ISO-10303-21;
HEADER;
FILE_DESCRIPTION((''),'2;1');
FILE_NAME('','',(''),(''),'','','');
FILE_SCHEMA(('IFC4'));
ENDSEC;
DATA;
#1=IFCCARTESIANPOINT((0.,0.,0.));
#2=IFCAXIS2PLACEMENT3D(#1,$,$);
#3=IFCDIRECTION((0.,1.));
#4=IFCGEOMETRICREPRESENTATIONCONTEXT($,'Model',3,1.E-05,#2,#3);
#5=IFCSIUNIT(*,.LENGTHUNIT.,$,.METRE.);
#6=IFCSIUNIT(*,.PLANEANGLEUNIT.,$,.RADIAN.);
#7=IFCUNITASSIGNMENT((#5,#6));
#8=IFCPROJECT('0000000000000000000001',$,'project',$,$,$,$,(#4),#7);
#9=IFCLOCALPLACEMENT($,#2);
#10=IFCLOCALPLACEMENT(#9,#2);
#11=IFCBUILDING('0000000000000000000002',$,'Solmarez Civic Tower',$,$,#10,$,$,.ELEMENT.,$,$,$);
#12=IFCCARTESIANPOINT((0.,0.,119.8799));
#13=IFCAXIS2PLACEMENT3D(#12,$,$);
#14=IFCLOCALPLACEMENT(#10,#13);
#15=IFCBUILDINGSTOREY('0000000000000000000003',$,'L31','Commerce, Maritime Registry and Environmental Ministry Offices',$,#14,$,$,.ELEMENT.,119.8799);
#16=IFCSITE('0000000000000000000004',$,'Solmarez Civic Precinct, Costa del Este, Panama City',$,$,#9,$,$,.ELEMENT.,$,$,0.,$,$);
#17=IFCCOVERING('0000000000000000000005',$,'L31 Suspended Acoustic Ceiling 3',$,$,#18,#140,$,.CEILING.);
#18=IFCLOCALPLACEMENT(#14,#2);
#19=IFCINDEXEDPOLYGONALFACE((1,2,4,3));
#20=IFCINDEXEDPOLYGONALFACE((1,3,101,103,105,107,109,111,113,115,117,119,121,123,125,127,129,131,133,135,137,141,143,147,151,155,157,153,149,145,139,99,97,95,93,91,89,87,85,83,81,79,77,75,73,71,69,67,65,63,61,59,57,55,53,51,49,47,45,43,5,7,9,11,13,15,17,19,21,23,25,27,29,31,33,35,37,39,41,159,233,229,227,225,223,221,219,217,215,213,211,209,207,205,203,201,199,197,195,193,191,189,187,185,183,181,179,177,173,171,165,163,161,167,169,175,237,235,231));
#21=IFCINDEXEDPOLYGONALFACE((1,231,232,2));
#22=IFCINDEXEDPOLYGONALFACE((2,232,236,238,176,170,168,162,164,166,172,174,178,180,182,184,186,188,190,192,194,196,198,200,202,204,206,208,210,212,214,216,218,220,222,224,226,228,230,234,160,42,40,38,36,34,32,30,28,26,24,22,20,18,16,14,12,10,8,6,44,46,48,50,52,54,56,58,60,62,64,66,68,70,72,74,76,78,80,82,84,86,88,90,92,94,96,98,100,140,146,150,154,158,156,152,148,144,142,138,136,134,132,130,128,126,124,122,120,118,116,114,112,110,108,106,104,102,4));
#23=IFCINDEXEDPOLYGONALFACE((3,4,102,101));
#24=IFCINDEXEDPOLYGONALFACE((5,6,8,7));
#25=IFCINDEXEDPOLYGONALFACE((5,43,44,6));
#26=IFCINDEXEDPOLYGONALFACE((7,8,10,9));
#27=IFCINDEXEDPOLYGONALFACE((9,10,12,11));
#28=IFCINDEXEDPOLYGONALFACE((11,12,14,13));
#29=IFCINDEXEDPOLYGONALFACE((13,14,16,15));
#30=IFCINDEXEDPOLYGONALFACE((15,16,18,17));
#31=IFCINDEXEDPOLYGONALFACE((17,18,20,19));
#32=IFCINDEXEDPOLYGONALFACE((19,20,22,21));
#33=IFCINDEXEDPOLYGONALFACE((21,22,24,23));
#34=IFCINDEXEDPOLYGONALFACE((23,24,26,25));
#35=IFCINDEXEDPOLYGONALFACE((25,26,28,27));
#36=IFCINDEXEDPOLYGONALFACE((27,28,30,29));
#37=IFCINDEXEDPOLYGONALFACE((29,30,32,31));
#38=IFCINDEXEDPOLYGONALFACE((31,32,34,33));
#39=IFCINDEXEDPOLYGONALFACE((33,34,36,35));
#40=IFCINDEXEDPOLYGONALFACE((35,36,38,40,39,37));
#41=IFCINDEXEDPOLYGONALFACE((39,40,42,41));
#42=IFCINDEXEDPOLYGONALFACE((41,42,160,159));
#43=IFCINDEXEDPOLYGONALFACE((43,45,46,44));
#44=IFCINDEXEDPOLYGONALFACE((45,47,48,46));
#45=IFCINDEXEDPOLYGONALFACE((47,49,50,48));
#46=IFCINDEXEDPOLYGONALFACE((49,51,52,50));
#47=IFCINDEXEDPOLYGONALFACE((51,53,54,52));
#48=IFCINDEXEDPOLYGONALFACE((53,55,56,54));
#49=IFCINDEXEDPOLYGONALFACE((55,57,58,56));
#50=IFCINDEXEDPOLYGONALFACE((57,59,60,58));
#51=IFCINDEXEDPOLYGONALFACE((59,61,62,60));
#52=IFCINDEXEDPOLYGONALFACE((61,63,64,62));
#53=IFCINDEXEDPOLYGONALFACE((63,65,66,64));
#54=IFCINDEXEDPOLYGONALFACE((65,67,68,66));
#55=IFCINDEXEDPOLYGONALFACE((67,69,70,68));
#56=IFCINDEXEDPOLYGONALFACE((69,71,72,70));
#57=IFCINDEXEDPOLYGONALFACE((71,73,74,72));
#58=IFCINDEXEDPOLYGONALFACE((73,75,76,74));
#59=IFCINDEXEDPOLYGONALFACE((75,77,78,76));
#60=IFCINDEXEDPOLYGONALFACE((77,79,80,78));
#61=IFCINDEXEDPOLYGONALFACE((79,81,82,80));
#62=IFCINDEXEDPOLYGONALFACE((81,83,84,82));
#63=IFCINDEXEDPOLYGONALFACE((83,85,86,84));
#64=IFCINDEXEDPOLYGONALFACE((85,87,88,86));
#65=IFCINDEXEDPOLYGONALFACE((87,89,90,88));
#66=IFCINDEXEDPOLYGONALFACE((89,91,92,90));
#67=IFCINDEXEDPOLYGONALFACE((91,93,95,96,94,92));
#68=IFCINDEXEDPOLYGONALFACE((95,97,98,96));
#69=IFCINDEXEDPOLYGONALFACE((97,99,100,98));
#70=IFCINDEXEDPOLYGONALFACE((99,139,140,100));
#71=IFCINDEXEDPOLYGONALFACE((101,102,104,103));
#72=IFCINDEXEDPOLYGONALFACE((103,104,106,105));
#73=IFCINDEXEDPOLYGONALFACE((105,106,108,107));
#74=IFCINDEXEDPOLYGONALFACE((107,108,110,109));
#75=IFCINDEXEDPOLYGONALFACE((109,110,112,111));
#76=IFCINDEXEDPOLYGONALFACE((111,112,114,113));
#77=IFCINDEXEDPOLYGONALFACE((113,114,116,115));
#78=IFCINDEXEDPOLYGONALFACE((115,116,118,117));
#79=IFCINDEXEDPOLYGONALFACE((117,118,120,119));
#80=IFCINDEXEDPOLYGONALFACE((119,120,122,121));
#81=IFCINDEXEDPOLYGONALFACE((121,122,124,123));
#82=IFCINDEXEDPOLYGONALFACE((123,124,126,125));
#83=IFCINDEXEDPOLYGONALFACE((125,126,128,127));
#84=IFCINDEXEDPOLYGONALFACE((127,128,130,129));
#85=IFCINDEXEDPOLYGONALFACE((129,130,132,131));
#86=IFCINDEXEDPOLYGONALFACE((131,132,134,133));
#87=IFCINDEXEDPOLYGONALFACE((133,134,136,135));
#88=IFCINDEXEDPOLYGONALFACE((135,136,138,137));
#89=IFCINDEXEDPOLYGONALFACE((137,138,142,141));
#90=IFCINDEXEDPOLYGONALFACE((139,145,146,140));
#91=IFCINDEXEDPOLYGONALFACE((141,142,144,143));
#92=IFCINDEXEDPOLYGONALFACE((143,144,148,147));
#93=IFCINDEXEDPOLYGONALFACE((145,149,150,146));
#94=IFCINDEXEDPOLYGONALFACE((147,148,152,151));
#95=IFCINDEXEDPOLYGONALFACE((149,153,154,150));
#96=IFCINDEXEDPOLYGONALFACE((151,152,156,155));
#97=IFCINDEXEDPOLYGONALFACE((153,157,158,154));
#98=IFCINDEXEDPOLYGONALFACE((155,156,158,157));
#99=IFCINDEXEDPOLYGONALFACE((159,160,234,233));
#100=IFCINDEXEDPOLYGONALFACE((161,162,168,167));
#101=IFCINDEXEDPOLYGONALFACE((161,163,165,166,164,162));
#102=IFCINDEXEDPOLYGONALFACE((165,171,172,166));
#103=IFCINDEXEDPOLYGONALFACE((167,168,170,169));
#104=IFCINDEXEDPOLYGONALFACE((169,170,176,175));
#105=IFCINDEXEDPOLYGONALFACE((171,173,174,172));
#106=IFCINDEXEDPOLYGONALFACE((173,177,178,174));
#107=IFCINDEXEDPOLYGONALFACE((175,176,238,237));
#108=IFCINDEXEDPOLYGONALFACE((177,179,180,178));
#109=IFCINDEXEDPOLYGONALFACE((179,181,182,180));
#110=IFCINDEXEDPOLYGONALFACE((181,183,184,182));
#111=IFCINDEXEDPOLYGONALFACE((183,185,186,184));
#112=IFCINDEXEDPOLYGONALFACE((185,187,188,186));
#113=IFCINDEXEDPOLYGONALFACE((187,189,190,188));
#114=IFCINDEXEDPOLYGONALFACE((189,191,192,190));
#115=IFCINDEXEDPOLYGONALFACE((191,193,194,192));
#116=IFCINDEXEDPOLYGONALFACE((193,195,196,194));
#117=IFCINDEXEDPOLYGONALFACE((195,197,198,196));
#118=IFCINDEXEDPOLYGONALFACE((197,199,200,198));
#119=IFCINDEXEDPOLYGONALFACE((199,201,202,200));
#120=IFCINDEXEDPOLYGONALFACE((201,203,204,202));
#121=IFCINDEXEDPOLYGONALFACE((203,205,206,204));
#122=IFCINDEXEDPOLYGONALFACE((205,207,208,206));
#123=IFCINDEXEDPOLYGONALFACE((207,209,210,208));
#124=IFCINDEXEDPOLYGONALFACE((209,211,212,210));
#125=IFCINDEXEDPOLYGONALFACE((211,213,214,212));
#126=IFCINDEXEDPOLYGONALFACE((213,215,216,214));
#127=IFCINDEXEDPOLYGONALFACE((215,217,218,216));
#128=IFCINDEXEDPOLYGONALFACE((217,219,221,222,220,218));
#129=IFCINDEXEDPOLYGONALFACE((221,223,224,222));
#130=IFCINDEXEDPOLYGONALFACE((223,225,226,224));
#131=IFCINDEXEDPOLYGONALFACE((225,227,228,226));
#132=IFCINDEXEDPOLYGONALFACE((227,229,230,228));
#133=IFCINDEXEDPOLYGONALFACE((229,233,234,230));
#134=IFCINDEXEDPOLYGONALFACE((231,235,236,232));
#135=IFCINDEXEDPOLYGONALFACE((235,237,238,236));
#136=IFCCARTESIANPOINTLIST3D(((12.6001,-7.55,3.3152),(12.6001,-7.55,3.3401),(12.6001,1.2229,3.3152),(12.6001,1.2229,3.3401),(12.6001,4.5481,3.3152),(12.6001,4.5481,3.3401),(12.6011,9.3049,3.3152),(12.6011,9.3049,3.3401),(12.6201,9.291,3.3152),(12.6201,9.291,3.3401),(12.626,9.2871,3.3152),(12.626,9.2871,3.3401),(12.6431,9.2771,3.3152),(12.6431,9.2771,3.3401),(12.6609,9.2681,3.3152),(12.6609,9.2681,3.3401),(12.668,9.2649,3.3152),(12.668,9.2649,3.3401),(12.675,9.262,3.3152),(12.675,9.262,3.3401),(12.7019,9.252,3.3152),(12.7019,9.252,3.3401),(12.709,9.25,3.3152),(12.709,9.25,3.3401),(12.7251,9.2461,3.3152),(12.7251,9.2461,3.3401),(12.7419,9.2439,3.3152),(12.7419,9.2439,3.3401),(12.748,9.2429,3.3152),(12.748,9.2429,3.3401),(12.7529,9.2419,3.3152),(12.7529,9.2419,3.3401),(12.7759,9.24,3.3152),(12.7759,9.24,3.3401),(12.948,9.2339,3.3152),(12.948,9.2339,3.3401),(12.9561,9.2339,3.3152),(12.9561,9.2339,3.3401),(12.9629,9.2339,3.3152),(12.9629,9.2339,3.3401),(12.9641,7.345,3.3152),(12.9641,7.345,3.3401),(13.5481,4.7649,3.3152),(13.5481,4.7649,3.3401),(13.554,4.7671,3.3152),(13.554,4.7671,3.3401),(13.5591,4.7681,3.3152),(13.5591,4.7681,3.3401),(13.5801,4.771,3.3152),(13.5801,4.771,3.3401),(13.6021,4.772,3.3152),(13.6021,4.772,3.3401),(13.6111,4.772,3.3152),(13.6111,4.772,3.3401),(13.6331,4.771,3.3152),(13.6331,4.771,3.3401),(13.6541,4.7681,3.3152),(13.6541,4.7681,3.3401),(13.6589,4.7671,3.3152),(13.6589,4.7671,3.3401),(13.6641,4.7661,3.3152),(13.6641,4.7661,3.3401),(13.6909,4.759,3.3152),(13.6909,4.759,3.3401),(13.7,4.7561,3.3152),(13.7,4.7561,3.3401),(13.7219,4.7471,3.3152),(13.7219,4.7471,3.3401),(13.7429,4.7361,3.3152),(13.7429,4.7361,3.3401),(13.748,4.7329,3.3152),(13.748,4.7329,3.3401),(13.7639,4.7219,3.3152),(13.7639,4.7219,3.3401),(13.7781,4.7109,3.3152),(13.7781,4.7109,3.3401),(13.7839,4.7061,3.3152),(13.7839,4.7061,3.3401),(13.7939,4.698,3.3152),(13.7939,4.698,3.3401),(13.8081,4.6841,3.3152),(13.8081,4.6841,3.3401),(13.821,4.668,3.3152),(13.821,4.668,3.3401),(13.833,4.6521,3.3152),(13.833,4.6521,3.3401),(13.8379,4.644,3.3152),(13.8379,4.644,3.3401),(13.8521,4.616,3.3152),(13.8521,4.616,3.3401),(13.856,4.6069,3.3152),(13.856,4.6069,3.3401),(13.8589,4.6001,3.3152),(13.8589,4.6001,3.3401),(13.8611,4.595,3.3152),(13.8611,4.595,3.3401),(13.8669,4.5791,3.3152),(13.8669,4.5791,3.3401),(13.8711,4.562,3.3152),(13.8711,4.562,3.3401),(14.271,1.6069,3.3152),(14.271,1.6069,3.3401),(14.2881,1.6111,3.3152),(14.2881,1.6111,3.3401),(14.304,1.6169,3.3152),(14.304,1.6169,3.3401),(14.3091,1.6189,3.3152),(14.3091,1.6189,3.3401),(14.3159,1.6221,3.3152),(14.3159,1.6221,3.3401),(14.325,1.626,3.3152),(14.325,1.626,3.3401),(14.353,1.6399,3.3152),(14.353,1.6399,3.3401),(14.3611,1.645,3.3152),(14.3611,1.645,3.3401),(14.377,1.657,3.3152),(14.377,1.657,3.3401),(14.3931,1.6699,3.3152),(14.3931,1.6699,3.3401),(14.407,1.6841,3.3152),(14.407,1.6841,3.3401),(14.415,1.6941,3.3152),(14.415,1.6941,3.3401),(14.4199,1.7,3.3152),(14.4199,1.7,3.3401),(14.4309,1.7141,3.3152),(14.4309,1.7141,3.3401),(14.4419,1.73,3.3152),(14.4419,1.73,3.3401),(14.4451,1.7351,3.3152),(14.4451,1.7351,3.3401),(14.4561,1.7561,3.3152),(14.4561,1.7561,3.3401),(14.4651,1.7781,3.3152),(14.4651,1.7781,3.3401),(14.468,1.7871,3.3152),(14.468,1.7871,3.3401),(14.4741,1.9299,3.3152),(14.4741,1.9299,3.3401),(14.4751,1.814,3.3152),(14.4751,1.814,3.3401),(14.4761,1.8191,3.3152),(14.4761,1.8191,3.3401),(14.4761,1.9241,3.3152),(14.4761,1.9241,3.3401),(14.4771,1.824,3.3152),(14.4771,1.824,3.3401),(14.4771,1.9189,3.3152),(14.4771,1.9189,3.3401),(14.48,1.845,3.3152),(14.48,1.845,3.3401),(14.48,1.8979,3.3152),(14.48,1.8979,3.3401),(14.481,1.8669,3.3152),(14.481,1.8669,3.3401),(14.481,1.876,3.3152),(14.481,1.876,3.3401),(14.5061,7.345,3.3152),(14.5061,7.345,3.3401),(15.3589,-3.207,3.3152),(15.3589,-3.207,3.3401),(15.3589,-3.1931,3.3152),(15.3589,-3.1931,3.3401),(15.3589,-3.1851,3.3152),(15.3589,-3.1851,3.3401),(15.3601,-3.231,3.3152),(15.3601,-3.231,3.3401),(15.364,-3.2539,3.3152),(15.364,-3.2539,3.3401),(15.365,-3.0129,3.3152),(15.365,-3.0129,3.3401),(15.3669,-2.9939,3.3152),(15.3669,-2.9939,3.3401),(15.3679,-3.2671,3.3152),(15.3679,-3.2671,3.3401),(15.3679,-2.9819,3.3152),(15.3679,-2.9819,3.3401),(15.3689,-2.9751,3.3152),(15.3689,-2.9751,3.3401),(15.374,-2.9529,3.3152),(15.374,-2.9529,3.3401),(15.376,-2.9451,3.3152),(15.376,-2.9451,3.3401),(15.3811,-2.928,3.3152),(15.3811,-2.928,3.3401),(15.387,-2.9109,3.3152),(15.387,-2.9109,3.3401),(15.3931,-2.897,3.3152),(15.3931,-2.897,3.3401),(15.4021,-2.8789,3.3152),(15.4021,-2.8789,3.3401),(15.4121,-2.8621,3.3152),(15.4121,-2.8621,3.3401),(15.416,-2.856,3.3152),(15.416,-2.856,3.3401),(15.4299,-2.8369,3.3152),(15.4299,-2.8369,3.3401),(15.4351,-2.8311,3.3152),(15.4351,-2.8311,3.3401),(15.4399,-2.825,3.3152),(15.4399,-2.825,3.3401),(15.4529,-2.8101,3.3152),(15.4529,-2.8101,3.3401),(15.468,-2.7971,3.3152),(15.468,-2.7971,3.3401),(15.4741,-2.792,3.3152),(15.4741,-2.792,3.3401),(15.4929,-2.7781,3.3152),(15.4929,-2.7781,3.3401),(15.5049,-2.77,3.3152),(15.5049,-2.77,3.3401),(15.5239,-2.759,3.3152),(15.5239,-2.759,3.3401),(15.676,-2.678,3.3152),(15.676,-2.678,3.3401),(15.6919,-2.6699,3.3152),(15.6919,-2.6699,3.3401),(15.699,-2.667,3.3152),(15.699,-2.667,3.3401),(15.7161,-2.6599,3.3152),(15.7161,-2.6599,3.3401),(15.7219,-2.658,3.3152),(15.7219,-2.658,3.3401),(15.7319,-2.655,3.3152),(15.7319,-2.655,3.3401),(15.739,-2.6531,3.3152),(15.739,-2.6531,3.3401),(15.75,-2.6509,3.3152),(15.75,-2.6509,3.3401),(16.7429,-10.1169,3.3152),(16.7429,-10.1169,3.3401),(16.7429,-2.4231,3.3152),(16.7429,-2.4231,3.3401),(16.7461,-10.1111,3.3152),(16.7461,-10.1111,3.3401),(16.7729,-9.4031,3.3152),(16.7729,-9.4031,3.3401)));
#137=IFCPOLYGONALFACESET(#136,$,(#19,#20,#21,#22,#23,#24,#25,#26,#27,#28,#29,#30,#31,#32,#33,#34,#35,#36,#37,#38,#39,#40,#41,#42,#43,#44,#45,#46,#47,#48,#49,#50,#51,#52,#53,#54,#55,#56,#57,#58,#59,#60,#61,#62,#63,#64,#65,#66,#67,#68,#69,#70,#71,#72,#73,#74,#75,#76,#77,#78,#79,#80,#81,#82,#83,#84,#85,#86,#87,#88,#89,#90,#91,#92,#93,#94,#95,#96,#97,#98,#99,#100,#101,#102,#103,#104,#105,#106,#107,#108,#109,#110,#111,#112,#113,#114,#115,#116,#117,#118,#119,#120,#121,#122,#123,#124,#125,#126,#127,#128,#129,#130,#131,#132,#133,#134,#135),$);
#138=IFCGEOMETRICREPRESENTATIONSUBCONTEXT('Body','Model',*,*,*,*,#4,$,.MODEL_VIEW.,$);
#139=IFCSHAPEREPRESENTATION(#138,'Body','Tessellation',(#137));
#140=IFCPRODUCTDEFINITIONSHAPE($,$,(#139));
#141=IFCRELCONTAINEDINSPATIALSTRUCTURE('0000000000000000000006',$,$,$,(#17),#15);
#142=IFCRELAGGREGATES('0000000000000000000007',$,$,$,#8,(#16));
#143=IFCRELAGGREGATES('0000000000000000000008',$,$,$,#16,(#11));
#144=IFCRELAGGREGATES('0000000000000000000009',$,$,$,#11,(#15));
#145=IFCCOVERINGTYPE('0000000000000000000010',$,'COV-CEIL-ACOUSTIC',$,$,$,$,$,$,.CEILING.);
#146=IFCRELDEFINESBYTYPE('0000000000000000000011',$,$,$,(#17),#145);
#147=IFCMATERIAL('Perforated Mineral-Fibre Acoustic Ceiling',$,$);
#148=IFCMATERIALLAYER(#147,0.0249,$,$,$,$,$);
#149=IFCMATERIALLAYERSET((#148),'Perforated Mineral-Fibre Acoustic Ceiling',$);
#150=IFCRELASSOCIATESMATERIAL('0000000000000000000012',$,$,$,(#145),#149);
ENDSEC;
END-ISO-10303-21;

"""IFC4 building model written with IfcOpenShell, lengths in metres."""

from ifc_helpers import new_model, si_unit, direction, frame, origin, place, context, subcontext, project, spatial, polyline, outline, extrude, material, layer, layer_set, type_object, element, save


model = new_model("IFC4")

# Units and contexts
model_context = context("Model", 3, precision=1e-05, world=origin(), true_north=direction((0.0, 1.0)))
body_context = subcontext(model_context, "Body", "Model", "MODEL_VIEW")
ifc_project = project(units=[si_unit("LENGTHUNIT", "METRE"), si_unit("PLANEANGLEUNIT", "RADIAN")], contexts=[model_context])

# Site, building, storey
site_placement = place(None, origin())
site = spatial("IfcSite", under=ifc_project, at=site_placement, Name="Solmarez Civic Precinct, Costa del Este, Panama City", CompositionType="ELEMENT", RefElevation=0.0)
building_placement = place(site_placement, origin())
building = spatial("IfcBuilding", under=site, at=building_placement, Name="Solmarez Civic Tower", CompositionType="ELEMENT")
storey_placement = place(building_placement, frame((0.0, 0.0, 119.8799)))
storey = spatial("IfcBuildingStorey", under=building, at=storey_placement, Name="L31", Description="Commerce, Maritime Registry and Environmental Ministry Offices", CompositionType="ELEMENT", Elevation=119.8799)

# Covering
ifc_material_1 = material(Name="Perforated Mineral-Fibre Acoustic Ceiling")
ifc_layer_1 = layer(ifc_material_1, 0.0249)
ifc_layer_set_1 = layer_set([ifc_layer_1], Name="Perforated Mineral-Fibre Acoustic Ceiling")
covering_type_1 = type_object("IfcCoveringType", Name="COV-CEIL-ACOUSTIC", PredefinedType="CEILING", material=ifc_layer_set_1)
covering_1_placement = place(storey_placement, frame((0.0, 0.0, 3.3152)))
element("IfcCovering", 1, at=covering_1_placement, inside=storey, type_object=covering_type_1, Name="L31 Suspended Acoustic Ceiling 3", PredefinedType="CEILING", context=body_context, shape_type="SweptSolid", body=[
    extrude(outline(polyline([(12.6001, 4.5481), (13.5481, 4.7649), (13.554, 4.7671), (13.5591, 4.7681), (13.5801, 4.771), (13.6021, 4.772), (13.6111, 4.772), (13.6331, 4.771), (13.6541, 4.7681), (13.6589, 4.7671), (13.6641, 4.7661), (13.6909, 4.759), (13.7, 4.7561), (13.7219, 4.7471), (13.7429, 4.7361), (13.748, 4.7329), (13.7639, 4.7219), (13.7781, 4.7109), (13.7839, 4.7061), (13.7939, 4.698), (13.8081, 4.6841), (13.821, 4.668), (13.833, 4.6521), (13.8379, 4.644), (13.8521, 4.616), (13.856, 4.6069), (13.8589, 4.6001), (13.8611, 4.595), (13.8669, 4.5791), (13.8711, 4.562), (14.4741, 1.9299), (14.4761, 1.9241), (14.4771, 1.9189), (14.48, 1.8979), (14.481, 1.876), (14.481, 1.8669), (14.48, 1.845), (14.4771, 1.824), (14.4761, 1.8191), (14.4751, 1.814), (14.468, 1.7871), (14.4651, 1.7781), (14.4561, 1.7561), (14.4451, 1.7351), (14.4419, 1.73), (14.4309, 1.7141), (14.4199, 1.7), (14.415, 1.6941), (14.407, 1.6841), (14.3931, 1.6699), (14.377, 1.657), (14.3611, 1.645), (14.353, 1.6399), (14.325, 1.626), (14.3159, 1.6221), (14.3091, 1.6189), (14.304, 1.6169), (14.2881, 1.6111), (14.271, 1.6069), (12.6001, 1.2229), (12.6001, -7.55), (16.7429, -10.1169), (16.7461, -10.1111), (16.7729, -9.4031), (15.3679, -3.2671), (15.364, -3.2539), (15.3601, -3.231), (15.3589, -3.207), (15.3589, -3.1931), (15.3589, -3.1851), (15.365, -3.0129), (15.3669, -2.9939), (15.3679, -2.9819), (15.3689, -2.9751), (15.374, -2.9529), (15.376, -2.9451), (15.3811, -2.928), (15.387, -2.9109), (15.3931, -2.897), (15.4021, -2.8789), (15.4121, -2.8621), (15.416, -2.856), (15.4299, -2.8369), (15.4351, -2.8311), (15.4399, -2.825), (15.4529, -2.8101), (15.468, -2.7971), (15.4741, -2.792), (15.4929, -2.7781), (15.5049, -2.77), (15.5239, -2.759), (15.676, -2.678), (15.6919, -2.6699), (15.699, -2.667), (15.7161, -2.6599), (15.7219, -2.658), (15.7319, -2.655), (15.739, -2.6531), (15.75, -2.6509), (16.7429, -2.4231), (14.5061, 7.345), (12.9641, 7.345), (12.9629, 9.2339), (12.9561, 9.2339), (12.948, 9.2339), (12.7759, 9.24), (12.7529, 9.2419), (12.748, 9.2429), (12.7419, 9.2439), (12.7251, 9.2461), (12.709, 9.25), (12.7019, 9.252), (12.675, 9.262), (12.668, 9.2649), (12.6609, 9.2681), (12.6431, 9.2771), (12.626, 9.2871), (12.6201, 9.291), (12.6011, 9.3049), (12.6001, 4.5481)])), origin(), (0.0, 0.0, 1.0), 0.0249),
])

save(model, "model.ifc")
